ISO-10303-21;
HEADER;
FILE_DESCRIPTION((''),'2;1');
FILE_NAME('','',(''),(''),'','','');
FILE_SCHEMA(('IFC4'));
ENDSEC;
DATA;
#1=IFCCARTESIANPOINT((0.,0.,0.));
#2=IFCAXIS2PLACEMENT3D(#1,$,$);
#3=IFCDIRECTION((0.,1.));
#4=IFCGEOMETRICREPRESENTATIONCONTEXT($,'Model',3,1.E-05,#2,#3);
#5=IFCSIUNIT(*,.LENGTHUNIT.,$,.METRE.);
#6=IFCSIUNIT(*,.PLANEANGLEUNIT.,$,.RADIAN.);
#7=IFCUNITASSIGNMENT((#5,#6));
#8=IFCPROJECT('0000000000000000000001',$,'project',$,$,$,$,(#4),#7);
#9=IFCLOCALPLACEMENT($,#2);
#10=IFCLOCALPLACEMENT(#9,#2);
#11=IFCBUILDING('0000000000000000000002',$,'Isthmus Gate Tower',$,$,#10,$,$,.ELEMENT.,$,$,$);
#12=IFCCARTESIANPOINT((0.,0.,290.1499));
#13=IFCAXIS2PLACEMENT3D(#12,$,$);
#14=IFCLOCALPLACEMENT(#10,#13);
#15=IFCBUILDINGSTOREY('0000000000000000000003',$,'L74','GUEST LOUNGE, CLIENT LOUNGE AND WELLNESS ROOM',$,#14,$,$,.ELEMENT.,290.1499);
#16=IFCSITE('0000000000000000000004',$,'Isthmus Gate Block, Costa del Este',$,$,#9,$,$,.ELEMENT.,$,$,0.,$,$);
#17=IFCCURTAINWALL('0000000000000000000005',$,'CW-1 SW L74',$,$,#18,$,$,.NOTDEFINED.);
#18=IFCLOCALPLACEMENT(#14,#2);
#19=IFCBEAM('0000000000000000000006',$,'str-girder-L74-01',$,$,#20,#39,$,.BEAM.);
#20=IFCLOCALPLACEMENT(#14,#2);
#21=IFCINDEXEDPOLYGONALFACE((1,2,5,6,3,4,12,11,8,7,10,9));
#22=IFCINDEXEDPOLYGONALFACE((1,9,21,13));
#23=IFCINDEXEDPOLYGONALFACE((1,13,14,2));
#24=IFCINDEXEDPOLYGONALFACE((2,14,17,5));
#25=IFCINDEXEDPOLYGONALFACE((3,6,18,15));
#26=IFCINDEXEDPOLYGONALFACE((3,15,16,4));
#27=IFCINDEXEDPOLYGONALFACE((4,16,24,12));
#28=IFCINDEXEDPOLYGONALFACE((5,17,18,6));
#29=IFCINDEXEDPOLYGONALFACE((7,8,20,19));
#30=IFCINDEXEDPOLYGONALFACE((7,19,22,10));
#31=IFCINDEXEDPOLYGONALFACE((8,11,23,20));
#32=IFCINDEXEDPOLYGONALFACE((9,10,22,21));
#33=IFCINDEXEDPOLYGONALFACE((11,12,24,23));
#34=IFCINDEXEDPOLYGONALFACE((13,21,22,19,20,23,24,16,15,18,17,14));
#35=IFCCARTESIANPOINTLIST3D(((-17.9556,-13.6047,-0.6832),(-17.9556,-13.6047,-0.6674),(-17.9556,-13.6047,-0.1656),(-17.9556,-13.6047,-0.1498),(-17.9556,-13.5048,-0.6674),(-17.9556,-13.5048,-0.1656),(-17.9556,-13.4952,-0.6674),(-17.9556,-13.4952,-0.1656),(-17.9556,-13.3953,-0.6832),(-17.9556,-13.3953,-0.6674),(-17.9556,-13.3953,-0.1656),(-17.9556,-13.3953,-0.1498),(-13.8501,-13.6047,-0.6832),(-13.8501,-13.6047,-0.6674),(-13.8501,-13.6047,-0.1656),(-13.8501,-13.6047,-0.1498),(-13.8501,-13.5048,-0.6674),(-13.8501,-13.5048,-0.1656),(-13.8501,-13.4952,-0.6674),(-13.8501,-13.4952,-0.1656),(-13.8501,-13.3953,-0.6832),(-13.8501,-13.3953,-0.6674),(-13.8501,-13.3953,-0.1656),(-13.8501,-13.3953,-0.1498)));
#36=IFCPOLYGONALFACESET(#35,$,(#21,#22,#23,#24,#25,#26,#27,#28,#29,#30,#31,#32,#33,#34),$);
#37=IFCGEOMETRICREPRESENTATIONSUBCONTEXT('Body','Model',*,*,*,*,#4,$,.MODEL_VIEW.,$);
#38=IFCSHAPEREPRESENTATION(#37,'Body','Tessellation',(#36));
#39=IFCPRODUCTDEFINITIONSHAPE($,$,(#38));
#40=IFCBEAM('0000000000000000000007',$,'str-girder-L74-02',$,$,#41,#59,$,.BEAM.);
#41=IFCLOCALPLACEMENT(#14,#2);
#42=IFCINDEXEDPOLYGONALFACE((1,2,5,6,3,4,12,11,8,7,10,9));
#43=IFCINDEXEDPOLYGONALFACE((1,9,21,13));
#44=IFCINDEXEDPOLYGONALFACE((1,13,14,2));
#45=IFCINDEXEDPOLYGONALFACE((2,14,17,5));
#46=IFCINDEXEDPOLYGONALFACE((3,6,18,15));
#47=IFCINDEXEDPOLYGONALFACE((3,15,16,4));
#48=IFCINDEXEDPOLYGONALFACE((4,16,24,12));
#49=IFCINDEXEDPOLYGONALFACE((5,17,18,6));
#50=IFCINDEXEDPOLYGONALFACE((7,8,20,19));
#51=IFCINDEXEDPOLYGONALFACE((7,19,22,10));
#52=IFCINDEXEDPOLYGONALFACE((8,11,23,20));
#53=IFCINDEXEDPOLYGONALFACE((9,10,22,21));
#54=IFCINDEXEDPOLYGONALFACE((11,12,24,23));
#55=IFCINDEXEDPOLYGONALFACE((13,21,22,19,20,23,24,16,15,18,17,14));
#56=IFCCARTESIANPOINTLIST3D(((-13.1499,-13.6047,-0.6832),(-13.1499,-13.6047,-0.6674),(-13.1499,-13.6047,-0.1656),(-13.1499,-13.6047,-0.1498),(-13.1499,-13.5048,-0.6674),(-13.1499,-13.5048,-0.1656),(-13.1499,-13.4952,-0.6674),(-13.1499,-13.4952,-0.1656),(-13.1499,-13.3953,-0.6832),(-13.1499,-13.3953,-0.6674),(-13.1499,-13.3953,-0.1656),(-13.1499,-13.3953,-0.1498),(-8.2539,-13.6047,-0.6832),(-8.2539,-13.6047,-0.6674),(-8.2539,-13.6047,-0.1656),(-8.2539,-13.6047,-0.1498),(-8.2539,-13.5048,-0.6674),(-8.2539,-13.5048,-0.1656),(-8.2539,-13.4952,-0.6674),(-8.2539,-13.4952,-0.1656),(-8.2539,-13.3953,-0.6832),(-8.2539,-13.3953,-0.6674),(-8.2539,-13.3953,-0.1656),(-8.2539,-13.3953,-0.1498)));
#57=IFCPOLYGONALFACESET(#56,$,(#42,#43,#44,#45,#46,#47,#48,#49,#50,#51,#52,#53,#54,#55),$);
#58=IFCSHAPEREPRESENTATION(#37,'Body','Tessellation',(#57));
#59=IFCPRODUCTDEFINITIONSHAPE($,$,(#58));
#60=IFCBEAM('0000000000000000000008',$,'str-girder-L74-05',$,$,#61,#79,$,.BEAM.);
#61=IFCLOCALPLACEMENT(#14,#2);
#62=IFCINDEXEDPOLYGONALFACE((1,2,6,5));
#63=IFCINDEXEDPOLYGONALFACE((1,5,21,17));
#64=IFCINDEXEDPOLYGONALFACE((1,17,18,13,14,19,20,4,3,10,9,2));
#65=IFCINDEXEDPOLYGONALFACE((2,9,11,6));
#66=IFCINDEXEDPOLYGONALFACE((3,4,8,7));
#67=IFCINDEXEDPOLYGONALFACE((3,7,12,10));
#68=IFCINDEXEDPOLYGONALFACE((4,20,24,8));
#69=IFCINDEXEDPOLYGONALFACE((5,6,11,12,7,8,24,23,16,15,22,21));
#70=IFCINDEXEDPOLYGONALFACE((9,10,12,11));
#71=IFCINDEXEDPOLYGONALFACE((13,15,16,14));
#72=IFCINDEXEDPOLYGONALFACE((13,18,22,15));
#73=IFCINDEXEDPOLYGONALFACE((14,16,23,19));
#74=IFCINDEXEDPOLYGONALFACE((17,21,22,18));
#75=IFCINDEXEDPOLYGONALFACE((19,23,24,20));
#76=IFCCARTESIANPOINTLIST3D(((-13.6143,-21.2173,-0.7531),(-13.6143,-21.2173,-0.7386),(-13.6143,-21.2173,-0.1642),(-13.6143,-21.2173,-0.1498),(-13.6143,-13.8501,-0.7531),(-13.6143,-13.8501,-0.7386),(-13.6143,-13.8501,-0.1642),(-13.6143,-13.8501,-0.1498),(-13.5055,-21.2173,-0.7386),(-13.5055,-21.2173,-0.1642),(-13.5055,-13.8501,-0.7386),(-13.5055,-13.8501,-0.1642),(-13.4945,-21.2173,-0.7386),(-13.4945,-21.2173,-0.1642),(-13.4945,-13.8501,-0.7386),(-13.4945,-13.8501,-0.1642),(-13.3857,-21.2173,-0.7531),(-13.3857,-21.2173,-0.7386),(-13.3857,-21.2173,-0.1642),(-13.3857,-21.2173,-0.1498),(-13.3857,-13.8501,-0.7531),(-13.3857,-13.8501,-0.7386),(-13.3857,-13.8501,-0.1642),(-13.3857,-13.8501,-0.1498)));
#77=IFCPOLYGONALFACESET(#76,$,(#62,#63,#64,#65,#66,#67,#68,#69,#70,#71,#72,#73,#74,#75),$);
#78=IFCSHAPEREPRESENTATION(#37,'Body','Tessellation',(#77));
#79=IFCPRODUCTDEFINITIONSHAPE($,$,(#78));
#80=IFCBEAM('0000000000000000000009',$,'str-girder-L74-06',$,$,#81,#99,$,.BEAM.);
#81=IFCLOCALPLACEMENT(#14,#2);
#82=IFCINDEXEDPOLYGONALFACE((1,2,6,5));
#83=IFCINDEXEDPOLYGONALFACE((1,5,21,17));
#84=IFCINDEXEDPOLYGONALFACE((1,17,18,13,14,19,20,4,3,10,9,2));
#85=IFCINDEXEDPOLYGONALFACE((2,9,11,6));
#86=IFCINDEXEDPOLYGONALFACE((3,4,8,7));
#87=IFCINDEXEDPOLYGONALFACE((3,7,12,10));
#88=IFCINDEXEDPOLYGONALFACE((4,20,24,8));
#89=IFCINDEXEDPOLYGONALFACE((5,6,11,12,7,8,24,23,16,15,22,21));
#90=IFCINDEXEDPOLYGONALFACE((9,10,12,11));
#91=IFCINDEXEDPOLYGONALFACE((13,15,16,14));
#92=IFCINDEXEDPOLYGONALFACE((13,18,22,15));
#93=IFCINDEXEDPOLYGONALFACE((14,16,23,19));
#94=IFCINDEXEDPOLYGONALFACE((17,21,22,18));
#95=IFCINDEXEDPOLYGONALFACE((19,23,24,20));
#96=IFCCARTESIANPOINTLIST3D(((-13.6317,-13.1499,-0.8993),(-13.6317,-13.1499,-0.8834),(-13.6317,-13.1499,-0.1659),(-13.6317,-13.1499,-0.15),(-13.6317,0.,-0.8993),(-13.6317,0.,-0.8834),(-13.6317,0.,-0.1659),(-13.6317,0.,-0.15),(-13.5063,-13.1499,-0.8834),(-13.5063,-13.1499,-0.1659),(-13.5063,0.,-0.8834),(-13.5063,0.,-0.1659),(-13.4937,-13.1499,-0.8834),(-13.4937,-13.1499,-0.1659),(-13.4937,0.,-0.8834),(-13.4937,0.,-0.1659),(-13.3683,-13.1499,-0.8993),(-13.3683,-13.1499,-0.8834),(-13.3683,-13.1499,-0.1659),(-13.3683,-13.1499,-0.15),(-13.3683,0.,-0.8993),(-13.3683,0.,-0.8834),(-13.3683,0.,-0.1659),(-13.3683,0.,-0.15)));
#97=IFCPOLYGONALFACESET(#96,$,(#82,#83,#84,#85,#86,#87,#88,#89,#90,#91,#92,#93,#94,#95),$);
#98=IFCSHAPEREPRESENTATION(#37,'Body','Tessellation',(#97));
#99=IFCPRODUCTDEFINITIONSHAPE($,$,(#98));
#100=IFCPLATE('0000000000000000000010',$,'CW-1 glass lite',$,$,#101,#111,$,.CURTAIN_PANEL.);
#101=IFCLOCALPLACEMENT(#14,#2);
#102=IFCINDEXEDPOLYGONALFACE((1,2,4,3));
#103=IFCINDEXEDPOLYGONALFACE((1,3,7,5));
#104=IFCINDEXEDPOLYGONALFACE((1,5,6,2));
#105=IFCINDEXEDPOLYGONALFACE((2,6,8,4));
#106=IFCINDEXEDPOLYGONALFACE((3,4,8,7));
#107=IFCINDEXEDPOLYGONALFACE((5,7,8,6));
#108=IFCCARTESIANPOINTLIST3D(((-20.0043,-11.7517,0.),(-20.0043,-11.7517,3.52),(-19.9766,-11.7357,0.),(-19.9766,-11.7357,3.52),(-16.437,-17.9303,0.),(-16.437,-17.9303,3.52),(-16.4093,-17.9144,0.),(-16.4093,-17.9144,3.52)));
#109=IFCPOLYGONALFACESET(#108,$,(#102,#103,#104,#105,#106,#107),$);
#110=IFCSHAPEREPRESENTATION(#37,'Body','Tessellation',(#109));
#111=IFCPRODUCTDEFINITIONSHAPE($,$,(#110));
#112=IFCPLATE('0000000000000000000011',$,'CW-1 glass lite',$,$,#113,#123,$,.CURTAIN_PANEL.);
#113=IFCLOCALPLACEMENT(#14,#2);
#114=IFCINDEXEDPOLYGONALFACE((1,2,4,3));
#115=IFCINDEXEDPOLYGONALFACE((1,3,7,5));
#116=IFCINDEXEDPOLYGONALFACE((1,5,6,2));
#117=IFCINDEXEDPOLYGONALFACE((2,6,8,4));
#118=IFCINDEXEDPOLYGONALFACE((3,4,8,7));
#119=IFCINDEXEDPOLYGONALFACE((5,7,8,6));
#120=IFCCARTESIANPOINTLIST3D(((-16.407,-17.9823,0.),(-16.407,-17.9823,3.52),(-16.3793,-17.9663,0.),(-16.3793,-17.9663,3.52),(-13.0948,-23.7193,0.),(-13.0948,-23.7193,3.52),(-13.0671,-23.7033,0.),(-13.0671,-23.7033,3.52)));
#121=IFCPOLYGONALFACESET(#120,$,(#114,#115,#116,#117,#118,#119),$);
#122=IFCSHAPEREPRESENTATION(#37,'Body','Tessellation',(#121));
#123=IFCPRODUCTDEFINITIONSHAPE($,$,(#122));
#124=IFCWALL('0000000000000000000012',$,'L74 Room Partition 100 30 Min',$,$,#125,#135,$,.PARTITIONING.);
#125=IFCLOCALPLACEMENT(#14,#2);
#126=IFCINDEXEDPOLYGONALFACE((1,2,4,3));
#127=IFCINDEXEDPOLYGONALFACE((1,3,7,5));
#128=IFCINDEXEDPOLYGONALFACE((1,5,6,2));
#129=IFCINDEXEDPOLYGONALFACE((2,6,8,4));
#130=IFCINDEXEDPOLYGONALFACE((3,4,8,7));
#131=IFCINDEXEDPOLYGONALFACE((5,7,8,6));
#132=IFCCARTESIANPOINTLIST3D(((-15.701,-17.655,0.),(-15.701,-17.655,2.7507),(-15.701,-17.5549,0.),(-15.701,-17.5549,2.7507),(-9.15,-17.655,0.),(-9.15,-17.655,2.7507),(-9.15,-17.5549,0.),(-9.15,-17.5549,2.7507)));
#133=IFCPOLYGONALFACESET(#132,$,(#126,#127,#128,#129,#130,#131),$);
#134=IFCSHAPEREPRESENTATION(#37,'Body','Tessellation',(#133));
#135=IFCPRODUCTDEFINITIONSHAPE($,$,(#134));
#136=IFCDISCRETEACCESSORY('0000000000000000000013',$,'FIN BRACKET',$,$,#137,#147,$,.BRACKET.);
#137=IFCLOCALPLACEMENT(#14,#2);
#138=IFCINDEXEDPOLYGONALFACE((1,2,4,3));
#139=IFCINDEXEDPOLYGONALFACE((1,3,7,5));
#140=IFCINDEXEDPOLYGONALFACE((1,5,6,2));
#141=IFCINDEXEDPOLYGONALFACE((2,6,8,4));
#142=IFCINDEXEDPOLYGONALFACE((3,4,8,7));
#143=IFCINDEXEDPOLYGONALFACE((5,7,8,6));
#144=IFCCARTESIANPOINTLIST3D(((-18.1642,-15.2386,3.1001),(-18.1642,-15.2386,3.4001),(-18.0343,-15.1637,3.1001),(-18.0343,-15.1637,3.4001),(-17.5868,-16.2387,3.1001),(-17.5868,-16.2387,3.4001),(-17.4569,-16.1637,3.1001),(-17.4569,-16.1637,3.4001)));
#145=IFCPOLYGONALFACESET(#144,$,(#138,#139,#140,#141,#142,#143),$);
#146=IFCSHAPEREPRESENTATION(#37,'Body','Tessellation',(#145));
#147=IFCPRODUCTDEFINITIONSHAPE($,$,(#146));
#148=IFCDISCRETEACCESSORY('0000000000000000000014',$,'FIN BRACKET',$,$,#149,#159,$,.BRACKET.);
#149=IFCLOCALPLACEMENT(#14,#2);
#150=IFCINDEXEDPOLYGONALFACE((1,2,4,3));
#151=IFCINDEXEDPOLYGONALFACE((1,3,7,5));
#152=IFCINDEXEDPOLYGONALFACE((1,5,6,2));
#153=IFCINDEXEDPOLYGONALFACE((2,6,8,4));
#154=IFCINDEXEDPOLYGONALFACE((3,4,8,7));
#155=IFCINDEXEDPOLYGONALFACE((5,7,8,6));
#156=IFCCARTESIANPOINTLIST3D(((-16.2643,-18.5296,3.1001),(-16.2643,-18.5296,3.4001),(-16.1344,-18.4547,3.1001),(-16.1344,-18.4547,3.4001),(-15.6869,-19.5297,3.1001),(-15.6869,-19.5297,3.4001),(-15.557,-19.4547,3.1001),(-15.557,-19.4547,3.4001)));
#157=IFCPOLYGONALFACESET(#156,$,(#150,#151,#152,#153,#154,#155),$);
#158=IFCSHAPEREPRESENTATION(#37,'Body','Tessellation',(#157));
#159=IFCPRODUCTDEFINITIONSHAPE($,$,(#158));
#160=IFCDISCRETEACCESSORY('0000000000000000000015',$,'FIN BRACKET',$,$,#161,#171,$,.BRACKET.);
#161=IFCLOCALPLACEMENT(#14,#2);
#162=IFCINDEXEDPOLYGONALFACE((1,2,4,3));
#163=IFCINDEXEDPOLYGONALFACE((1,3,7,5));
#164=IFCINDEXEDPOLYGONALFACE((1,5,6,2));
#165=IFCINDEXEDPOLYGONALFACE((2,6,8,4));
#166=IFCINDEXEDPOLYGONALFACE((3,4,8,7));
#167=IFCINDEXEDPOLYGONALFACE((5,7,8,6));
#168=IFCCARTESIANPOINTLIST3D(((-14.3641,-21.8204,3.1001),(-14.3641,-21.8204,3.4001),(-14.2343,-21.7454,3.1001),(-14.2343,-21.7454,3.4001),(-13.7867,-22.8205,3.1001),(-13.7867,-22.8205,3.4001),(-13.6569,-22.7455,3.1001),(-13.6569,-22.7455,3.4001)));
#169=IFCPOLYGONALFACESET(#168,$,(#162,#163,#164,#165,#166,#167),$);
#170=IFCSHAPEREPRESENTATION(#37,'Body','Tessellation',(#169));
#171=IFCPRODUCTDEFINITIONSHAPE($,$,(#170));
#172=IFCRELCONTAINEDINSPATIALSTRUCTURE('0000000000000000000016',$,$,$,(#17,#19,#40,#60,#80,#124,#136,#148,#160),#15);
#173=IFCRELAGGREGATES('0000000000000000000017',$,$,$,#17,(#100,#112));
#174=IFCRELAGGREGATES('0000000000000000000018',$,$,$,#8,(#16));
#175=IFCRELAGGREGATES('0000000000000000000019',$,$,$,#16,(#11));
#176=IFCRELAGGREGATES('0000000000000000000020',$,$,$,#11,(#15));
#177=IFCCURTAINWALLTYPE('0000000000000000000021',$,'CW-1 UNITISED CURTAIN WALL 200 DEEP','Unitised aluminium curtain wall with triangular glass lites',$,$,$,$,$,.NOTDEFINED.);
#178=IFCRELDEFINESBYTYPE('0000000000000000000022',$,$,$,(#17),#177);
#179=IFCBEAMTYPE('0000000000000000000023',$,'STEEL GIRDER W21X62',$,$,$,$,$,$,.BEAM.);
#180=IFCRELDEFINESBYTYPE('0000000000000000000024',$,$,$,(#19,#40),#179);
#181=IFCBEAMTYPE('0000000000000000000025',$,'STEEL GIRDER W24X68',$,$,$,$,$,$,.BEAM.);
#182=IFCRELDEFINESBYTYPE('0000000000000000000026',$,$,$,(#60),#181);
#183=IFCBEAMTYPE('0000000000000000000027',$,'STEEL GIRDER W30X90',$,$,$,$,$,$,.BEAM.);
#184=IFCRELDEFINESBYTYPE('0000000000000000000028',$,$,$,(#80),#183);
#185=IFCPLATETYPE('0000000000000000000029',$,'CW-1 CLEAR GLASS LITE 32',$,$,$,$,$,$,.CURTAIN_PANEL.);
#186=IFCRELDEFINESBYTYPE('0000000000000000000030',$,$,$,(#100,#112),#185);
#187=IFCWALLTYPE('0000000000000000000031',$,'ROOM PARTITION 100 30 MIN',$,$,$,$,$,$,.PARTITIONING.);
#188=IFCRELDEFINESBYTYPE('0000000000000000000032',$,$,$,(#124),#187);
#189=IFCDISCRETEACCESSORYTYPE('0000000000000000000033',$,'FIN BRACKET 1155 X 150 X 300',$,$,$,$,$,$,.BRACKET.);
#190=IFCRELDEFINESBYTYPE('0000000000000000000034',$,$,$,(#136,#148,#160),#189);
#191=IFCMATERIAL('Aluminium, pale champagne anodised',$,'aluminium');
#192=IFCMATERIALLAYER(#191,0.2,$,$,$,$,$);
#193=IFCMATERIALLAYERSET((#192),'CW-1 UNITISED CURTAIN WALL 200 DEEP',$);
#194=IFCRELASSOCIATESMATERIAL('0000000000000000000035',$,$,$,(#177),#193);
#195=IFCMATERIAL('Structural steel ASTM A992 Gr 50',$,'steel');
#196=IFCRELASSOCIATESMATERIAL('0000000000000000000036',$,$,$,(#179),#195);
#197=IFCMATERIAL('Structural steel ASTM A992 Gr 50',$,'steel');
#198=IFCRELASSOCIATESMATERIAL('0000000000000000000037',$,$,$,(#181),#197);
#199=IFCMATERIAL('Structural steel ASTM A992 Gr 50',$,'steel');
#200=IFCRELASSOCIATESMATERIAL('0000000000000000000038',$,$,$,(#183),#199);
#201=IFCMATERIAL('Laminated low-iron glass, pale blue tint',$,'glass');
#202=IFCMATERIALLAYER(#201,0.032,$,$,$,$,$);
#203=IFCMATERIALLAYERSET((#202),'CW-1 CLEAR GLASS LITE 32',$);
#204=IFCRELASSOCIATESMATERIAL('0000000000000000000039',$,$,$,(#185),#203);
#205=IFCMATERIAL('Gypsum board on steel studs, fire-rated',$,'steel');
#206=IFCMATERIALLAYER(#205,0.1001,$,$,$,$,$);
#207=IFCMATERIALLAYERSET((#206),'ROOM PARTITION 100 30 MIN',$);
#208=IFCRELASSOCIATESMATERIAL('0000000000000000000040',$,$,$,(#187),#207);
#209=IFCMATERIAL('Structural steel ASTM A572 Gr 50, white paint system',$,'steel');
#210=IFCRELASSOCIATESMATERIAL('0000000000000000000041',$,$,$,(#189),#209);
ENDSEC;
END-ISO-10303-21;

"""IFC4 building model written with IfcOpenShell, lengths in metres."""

from ifc_helpers import new_model, si_unit, direction, frame, frame_2d, origin, origin_2d, place, context, subcontext, project, spatial, rectangle, i_section, extrude, material, layer, layer_set, material_profile, profile_set, type_object, element, aggregate, save


model = new_model("IFC4")

# Units and contexts
model_context = context("Model", 3, precision=1e-05, world=origin(), true_north=direction((0.0, 1.0)))
body_context = subcontext(model_context, "Body", "Model", "MODEL_VIEW")
ifc_project = project(units=[si_unit("LENGTHUNIT", "METRE"), si_unit("PLANEANGLEUNIT", "RADIAN")], contexts=[model_context])

# Site, building, storey
site_placement = place(None, origin())
site = spatial("IfcSite", under=ifc_project, at=site_placement, Name="Isthmus Gate Block, Costa del Este", CompositionType="ELEMENT", RefElevation=0.0)
building_placement = place(site_placement, origin())
building = spatial("IfcBuilding", under=site, at=building_placement, Name="Isthmus Gate Tower", CompositionType="ELEMENT")
storey_placement = place(building_placement, frame((0.0, 0.0, 290.1499)))
storey = spatial("IfcBuildingStorey", under=building, at=storey_placement, Name="L74", Description="GUEST LOUNGE, CLIENT LOUNGE AND WELLNESS ROOM", CompositionType="ELEMENT", Elevation=290.1499)

# Curtain wall
ifc_material_1 = material(Name="Aluminium, pale champagne anodised", Category="aluminium")
ifc_layer_1 = layer(ifc_material_1, 0.2)
ifc_layer_set_1 = layer_set([ifc_layer_1], Name="CW-1 UNITISED CURTAIN WALL 200 DEEP")
curtain_wall_type = type_object("IfcCurtainWallType", Name="CW-1 UNITISED CURTAIN WALL 200 DEEP", Description="Unitised aluminium curtain wall with triangular glass lites", PredefinedType="NOTDEFINED", material=ifc_layer_set_1)
curtain_wall_placement = place(storey_placement, origin())
curtain_wall = element("IfcCurtainWall", 1, at=curtain_wall_placement, inside=storey, type_object=curtain_wall_type, Name="CW-1 SW L74", PredefinedType="NOTDEFINED")

# Beams
ifc_material_2 = material(Name="Structural steel ASTM A992 Gr 50", Category="steel")
ifc_material_profile_1 = material_profile(ifc_material_2, i_section(OverallWidth=0.2095, OverallDepth=0.5334, WebThickness=0.0095, FlangeThickness=0.0159, at=origin_2d()), Name="W21X62")
ifc_profile_set_1 = profile_set([ifc_material_profile_1], Name="Structural steel ASTM A992 Gr 50")
beam_type_1 = type_object("IfcBeamType", Name="STEEL GIRDER W21X62", PredefinedType="BEAM", material=ifc_profile_set_1)
beam_1_placement = place(storey_placement, frame((-17.9556, -13.5, -0.4165), z_axis=(1.0, 0.0, 0.0), x_axis=(0.0, 1.0, 0.0)))
element("IfcBeam", 2, at=beam_1_placement, inside=storey, type_object=beam_type_1, Name="str-girder-L74-01", PredefinedType="BEAM", context=body_context, shape_type="SweptSolid", body=[
    extrude(i_section(OverallWidth=0.2095, OverallDepth=0.5334, WebThickness=0.0095, FlangeThickness=0.0159, at=origin_2d()), origin(), (0.0, 0.0, 1.0), 4.1055),
])
beam_2_placement = place(storey_placement, frame((-13.1499, -13.5, -0.4165), z_axis=(1.0, 0.0, 0.0), x_axis=(0.0, 1.0, 0.0)))
element("IfcBeam", 3, at=beam_2_placement, inside=storey, type_object=beam_type_1, Name="str-girder-L74-02", PredefinedType="BEAM", context=body_context, shape_type="SweptSolid", body=[
    extrude(i_section(OverallWidth=0.2095, OverallDepth=0.5334, WebThickness=0.0095, FlangeThickness=0.0159, at=origin_2d()), origin(), (0.0, 0.0, 1.0), 4.896),
])
ifc_material_3 = material(Name="Structural steel ASTM A992 Gr 50", Category="steel")
ifc_material_profile_2 = material_profile(ifc_material_3, i_section(OverallWidth=0.2285, OverallDepth=0.6033, WebThickness=0.011, FlangeThickness=0.0144, at=origin_2d()), Name="W24X68")
ifc_profile_set_2 = profile_set([ifc_material_profile_2], Name="Structural steel ASTM A992 Gr 50")
beam_type_2 = type_object("IfcBeamType", Name="STEEL GIRDER W24X68", PredefinedType="BEAM", material=ifc_profile_set_2)
beam_3_placement = place(storey_placement, frame((-13.5, -21.2173, -0.4514), z_axis=(0.0, 1.0, 0.0), x_axis=(-1.0, 0.0, 0.0)))
element("IfcBeam", 4, at=beam_3_placement, inside=storey, type_object=beam_type_2, Name="str-girder-L74-05", PredefinedType="BEAM", context=body_context, shape_type="SweptSolid", body=[
    extrude(i_section(OverallWidth=0.2285, OverallDepth=0.6033, WebThickness=0.011, FlangeThickness=0.0144, at=origin_2d()), origin(), (0.0, 0.0, 1.0), 7.3672),
])
ifc_material_4 = material(Name="Structural steel ASTM A992 Gr 50", Category="steel")
ifc_material_profile_3 = material_profile(ifc_material_4, i_section(OverallWidth=0.2634, OverallDepth=0.7493, WebThickness=0.0127, FlangeThickness=0.0159, at=origin_2d()), Name="W30X90")
ifc_profile_set_3 = profile_set([ifc_material_profile_3], Name="Structural steel ASTM A992 Gr 50")
beam_type_3 = type_object("IfcBeamType", Name="STEEL GIRDER W30X90", PredefinedType="BEAM", material=ifc_profile_set_3)
beam_4_placement = place(storey_placement, frame((-13.5, -13.1499, -0.5247), z_axis=(0.0, 1.0, 0.0), x_axis=(-1.0, 0.0, 0.0)))
element("IfcBeam", 5, at=beam_4_placement, inside=storey, type_object=beam_type_3, Name="str-girder-L74-06", PredefinedType="BEAM", context=body_context, shape_type="SweptSolid", body=[
    extrude(i_section(OverallWidth=0.2634, OverallDepth=0.7493, WebThickness=0.0127, FlangeThickness=0.0159, at=origin_2d()), origin(), (0.0, 0.0, 1.0), 13.1499),
])

# Plates
ifc_material_5 = material(Name="Laminated low-iron glass, pale blue tint", Category="glass")
ifc_layer_2 = layer(ifc_material_5, 0.032)
ifc_layer_set_2 = layer_set([ifc_layer_2], Name="CW-1 CLEAR GLASS LITE 32")
plate_type = type_object("IfcPlateType", Name="CW-1 CLEAR GLASS LITE 32", PredefinedType="CURTAIN_PANEL", material=ifc_layer_set_2)
plate_1_placement = place(storey_placement, frame((-18.2068, -14.833, 0.0), z_axis=(0.0, 0.0, 1.0), x_axis=(0.5, -0.866025, 0.0)))
plate_1 = element("IfcPlate", 6, at=plate_1_placement, type_object=plate_type, Name="CW-1 glass lite", PredefinedType="CURTAIN_PANEL", context=body_context, shape_type="SweptSolid", body=[
    extrude(rectangle(XDim=7.1345, YDim=0.032, at=origin_2d()), origin(), (0.0, 0.0, 1.0), 3.52),
])
plate_2_placement = place(storey_placement, frame((-14.7371, -20.8428, 0.0), z_axis=(0.0, 0.0, 1.0), x_axis=(0.5, -0.866025, 0.0)))
plate_2 = element("IfcPlate", 7, at=plate_2_placement, type_object=plate_type, Name="CW-1 glass lite", PredefinedType="CURTAIN_PANEL", context=body_context, shape_type="SweptSolid", body=[
    extrude(rectangle(XDim=6.6245, YDim=0.032, at=origin_2d()), origin(), (0.0, 0.0, 1.0), 3.52),
])
aggregate(curtain_wall, [plate_1, plate_2])

# Wall
ifc_material_6 = material(Name="Gypsum board on steel studs, fire-rated", Category="steel")
ifc_layer_3 = layer(ifc_material_6, 0.1001)
ifc_layer_set_3 = layer_set([ifc_layer_3], Name="ROOM PARTITION 100 30 MIN")
wall_type = type_object("IfcWallType", Name="ROOM PARTITION 100 30 MIN", PredefinedType="PARTITIONING", material=ifc_layer_set_3)
wall_placement = place(storey_placement, frame((-15.7009, -17.605, 0.0), z_axis=(0.0, 0.0, 1.0), x_axis=(1.0, 0.0, 0.0)))
element("IfcWall", 8, at=wall_placement, inside=storey, type_object=wall_type, Name="L74 Room Partition 100 30 Min", PredefinedType="PARTITIONING", context=body_context, shape_type="SweptSolid", body=[
    extrude(rectangle(XDim=6.551, YDim=0.1001, at=frame_2d((3.2754, 0.0))), origin(), (0.0, 0.0, 1.0), 2.7507),
])

# Discrete accessories
ifc_material_7 = material(Name="Structural steel ASTM A572 Gr 50, white paint system", Category="steel")
discrete_accessory_type = type_object("IfcDiscreteAccessoryType", Name="FIN BRACKET 1155 X 150 X 300", PredefinedType="BRACKET", material=ifc_material_7)
for number, where, z_axis, x_axis, name in (
    (9, (-17.8105, -15.7012, 3.1001), (0.0, 0.0, 1.0), (-0.866025, -0.5, 0.0), "FIN BRACKET"),
    (10, (-15.9106, -18.9922, 3.1001), (0.0, 0.0, 1.0), (-0.866025, -0.5, 0.0), "FIN BRACKET"),
    (11, (-14.0105, -22.283, 3.1001), (0.0, 0.0, 1.0), (-0.866025, -0.5, 0.0), "FIN BRACKET"),
):
    element("IfcDiscreteAccessory", number, at=place(storey_placement, frame(where, z_axis=z_axis, x_axis=x_axis)), inside=storey, type_object=discrete_accessory_type, Name=name, PredefinedType="BRACKET", context=body_context, shape_type="SweptSolid", body=[
        extrude(rectangle(XDim=0.1499, YDim=1.1548, at=origin_2d()), origin(), (0.0, 0.0, 1.0), 0.3),
    ])

save(model, "model.ifc")
